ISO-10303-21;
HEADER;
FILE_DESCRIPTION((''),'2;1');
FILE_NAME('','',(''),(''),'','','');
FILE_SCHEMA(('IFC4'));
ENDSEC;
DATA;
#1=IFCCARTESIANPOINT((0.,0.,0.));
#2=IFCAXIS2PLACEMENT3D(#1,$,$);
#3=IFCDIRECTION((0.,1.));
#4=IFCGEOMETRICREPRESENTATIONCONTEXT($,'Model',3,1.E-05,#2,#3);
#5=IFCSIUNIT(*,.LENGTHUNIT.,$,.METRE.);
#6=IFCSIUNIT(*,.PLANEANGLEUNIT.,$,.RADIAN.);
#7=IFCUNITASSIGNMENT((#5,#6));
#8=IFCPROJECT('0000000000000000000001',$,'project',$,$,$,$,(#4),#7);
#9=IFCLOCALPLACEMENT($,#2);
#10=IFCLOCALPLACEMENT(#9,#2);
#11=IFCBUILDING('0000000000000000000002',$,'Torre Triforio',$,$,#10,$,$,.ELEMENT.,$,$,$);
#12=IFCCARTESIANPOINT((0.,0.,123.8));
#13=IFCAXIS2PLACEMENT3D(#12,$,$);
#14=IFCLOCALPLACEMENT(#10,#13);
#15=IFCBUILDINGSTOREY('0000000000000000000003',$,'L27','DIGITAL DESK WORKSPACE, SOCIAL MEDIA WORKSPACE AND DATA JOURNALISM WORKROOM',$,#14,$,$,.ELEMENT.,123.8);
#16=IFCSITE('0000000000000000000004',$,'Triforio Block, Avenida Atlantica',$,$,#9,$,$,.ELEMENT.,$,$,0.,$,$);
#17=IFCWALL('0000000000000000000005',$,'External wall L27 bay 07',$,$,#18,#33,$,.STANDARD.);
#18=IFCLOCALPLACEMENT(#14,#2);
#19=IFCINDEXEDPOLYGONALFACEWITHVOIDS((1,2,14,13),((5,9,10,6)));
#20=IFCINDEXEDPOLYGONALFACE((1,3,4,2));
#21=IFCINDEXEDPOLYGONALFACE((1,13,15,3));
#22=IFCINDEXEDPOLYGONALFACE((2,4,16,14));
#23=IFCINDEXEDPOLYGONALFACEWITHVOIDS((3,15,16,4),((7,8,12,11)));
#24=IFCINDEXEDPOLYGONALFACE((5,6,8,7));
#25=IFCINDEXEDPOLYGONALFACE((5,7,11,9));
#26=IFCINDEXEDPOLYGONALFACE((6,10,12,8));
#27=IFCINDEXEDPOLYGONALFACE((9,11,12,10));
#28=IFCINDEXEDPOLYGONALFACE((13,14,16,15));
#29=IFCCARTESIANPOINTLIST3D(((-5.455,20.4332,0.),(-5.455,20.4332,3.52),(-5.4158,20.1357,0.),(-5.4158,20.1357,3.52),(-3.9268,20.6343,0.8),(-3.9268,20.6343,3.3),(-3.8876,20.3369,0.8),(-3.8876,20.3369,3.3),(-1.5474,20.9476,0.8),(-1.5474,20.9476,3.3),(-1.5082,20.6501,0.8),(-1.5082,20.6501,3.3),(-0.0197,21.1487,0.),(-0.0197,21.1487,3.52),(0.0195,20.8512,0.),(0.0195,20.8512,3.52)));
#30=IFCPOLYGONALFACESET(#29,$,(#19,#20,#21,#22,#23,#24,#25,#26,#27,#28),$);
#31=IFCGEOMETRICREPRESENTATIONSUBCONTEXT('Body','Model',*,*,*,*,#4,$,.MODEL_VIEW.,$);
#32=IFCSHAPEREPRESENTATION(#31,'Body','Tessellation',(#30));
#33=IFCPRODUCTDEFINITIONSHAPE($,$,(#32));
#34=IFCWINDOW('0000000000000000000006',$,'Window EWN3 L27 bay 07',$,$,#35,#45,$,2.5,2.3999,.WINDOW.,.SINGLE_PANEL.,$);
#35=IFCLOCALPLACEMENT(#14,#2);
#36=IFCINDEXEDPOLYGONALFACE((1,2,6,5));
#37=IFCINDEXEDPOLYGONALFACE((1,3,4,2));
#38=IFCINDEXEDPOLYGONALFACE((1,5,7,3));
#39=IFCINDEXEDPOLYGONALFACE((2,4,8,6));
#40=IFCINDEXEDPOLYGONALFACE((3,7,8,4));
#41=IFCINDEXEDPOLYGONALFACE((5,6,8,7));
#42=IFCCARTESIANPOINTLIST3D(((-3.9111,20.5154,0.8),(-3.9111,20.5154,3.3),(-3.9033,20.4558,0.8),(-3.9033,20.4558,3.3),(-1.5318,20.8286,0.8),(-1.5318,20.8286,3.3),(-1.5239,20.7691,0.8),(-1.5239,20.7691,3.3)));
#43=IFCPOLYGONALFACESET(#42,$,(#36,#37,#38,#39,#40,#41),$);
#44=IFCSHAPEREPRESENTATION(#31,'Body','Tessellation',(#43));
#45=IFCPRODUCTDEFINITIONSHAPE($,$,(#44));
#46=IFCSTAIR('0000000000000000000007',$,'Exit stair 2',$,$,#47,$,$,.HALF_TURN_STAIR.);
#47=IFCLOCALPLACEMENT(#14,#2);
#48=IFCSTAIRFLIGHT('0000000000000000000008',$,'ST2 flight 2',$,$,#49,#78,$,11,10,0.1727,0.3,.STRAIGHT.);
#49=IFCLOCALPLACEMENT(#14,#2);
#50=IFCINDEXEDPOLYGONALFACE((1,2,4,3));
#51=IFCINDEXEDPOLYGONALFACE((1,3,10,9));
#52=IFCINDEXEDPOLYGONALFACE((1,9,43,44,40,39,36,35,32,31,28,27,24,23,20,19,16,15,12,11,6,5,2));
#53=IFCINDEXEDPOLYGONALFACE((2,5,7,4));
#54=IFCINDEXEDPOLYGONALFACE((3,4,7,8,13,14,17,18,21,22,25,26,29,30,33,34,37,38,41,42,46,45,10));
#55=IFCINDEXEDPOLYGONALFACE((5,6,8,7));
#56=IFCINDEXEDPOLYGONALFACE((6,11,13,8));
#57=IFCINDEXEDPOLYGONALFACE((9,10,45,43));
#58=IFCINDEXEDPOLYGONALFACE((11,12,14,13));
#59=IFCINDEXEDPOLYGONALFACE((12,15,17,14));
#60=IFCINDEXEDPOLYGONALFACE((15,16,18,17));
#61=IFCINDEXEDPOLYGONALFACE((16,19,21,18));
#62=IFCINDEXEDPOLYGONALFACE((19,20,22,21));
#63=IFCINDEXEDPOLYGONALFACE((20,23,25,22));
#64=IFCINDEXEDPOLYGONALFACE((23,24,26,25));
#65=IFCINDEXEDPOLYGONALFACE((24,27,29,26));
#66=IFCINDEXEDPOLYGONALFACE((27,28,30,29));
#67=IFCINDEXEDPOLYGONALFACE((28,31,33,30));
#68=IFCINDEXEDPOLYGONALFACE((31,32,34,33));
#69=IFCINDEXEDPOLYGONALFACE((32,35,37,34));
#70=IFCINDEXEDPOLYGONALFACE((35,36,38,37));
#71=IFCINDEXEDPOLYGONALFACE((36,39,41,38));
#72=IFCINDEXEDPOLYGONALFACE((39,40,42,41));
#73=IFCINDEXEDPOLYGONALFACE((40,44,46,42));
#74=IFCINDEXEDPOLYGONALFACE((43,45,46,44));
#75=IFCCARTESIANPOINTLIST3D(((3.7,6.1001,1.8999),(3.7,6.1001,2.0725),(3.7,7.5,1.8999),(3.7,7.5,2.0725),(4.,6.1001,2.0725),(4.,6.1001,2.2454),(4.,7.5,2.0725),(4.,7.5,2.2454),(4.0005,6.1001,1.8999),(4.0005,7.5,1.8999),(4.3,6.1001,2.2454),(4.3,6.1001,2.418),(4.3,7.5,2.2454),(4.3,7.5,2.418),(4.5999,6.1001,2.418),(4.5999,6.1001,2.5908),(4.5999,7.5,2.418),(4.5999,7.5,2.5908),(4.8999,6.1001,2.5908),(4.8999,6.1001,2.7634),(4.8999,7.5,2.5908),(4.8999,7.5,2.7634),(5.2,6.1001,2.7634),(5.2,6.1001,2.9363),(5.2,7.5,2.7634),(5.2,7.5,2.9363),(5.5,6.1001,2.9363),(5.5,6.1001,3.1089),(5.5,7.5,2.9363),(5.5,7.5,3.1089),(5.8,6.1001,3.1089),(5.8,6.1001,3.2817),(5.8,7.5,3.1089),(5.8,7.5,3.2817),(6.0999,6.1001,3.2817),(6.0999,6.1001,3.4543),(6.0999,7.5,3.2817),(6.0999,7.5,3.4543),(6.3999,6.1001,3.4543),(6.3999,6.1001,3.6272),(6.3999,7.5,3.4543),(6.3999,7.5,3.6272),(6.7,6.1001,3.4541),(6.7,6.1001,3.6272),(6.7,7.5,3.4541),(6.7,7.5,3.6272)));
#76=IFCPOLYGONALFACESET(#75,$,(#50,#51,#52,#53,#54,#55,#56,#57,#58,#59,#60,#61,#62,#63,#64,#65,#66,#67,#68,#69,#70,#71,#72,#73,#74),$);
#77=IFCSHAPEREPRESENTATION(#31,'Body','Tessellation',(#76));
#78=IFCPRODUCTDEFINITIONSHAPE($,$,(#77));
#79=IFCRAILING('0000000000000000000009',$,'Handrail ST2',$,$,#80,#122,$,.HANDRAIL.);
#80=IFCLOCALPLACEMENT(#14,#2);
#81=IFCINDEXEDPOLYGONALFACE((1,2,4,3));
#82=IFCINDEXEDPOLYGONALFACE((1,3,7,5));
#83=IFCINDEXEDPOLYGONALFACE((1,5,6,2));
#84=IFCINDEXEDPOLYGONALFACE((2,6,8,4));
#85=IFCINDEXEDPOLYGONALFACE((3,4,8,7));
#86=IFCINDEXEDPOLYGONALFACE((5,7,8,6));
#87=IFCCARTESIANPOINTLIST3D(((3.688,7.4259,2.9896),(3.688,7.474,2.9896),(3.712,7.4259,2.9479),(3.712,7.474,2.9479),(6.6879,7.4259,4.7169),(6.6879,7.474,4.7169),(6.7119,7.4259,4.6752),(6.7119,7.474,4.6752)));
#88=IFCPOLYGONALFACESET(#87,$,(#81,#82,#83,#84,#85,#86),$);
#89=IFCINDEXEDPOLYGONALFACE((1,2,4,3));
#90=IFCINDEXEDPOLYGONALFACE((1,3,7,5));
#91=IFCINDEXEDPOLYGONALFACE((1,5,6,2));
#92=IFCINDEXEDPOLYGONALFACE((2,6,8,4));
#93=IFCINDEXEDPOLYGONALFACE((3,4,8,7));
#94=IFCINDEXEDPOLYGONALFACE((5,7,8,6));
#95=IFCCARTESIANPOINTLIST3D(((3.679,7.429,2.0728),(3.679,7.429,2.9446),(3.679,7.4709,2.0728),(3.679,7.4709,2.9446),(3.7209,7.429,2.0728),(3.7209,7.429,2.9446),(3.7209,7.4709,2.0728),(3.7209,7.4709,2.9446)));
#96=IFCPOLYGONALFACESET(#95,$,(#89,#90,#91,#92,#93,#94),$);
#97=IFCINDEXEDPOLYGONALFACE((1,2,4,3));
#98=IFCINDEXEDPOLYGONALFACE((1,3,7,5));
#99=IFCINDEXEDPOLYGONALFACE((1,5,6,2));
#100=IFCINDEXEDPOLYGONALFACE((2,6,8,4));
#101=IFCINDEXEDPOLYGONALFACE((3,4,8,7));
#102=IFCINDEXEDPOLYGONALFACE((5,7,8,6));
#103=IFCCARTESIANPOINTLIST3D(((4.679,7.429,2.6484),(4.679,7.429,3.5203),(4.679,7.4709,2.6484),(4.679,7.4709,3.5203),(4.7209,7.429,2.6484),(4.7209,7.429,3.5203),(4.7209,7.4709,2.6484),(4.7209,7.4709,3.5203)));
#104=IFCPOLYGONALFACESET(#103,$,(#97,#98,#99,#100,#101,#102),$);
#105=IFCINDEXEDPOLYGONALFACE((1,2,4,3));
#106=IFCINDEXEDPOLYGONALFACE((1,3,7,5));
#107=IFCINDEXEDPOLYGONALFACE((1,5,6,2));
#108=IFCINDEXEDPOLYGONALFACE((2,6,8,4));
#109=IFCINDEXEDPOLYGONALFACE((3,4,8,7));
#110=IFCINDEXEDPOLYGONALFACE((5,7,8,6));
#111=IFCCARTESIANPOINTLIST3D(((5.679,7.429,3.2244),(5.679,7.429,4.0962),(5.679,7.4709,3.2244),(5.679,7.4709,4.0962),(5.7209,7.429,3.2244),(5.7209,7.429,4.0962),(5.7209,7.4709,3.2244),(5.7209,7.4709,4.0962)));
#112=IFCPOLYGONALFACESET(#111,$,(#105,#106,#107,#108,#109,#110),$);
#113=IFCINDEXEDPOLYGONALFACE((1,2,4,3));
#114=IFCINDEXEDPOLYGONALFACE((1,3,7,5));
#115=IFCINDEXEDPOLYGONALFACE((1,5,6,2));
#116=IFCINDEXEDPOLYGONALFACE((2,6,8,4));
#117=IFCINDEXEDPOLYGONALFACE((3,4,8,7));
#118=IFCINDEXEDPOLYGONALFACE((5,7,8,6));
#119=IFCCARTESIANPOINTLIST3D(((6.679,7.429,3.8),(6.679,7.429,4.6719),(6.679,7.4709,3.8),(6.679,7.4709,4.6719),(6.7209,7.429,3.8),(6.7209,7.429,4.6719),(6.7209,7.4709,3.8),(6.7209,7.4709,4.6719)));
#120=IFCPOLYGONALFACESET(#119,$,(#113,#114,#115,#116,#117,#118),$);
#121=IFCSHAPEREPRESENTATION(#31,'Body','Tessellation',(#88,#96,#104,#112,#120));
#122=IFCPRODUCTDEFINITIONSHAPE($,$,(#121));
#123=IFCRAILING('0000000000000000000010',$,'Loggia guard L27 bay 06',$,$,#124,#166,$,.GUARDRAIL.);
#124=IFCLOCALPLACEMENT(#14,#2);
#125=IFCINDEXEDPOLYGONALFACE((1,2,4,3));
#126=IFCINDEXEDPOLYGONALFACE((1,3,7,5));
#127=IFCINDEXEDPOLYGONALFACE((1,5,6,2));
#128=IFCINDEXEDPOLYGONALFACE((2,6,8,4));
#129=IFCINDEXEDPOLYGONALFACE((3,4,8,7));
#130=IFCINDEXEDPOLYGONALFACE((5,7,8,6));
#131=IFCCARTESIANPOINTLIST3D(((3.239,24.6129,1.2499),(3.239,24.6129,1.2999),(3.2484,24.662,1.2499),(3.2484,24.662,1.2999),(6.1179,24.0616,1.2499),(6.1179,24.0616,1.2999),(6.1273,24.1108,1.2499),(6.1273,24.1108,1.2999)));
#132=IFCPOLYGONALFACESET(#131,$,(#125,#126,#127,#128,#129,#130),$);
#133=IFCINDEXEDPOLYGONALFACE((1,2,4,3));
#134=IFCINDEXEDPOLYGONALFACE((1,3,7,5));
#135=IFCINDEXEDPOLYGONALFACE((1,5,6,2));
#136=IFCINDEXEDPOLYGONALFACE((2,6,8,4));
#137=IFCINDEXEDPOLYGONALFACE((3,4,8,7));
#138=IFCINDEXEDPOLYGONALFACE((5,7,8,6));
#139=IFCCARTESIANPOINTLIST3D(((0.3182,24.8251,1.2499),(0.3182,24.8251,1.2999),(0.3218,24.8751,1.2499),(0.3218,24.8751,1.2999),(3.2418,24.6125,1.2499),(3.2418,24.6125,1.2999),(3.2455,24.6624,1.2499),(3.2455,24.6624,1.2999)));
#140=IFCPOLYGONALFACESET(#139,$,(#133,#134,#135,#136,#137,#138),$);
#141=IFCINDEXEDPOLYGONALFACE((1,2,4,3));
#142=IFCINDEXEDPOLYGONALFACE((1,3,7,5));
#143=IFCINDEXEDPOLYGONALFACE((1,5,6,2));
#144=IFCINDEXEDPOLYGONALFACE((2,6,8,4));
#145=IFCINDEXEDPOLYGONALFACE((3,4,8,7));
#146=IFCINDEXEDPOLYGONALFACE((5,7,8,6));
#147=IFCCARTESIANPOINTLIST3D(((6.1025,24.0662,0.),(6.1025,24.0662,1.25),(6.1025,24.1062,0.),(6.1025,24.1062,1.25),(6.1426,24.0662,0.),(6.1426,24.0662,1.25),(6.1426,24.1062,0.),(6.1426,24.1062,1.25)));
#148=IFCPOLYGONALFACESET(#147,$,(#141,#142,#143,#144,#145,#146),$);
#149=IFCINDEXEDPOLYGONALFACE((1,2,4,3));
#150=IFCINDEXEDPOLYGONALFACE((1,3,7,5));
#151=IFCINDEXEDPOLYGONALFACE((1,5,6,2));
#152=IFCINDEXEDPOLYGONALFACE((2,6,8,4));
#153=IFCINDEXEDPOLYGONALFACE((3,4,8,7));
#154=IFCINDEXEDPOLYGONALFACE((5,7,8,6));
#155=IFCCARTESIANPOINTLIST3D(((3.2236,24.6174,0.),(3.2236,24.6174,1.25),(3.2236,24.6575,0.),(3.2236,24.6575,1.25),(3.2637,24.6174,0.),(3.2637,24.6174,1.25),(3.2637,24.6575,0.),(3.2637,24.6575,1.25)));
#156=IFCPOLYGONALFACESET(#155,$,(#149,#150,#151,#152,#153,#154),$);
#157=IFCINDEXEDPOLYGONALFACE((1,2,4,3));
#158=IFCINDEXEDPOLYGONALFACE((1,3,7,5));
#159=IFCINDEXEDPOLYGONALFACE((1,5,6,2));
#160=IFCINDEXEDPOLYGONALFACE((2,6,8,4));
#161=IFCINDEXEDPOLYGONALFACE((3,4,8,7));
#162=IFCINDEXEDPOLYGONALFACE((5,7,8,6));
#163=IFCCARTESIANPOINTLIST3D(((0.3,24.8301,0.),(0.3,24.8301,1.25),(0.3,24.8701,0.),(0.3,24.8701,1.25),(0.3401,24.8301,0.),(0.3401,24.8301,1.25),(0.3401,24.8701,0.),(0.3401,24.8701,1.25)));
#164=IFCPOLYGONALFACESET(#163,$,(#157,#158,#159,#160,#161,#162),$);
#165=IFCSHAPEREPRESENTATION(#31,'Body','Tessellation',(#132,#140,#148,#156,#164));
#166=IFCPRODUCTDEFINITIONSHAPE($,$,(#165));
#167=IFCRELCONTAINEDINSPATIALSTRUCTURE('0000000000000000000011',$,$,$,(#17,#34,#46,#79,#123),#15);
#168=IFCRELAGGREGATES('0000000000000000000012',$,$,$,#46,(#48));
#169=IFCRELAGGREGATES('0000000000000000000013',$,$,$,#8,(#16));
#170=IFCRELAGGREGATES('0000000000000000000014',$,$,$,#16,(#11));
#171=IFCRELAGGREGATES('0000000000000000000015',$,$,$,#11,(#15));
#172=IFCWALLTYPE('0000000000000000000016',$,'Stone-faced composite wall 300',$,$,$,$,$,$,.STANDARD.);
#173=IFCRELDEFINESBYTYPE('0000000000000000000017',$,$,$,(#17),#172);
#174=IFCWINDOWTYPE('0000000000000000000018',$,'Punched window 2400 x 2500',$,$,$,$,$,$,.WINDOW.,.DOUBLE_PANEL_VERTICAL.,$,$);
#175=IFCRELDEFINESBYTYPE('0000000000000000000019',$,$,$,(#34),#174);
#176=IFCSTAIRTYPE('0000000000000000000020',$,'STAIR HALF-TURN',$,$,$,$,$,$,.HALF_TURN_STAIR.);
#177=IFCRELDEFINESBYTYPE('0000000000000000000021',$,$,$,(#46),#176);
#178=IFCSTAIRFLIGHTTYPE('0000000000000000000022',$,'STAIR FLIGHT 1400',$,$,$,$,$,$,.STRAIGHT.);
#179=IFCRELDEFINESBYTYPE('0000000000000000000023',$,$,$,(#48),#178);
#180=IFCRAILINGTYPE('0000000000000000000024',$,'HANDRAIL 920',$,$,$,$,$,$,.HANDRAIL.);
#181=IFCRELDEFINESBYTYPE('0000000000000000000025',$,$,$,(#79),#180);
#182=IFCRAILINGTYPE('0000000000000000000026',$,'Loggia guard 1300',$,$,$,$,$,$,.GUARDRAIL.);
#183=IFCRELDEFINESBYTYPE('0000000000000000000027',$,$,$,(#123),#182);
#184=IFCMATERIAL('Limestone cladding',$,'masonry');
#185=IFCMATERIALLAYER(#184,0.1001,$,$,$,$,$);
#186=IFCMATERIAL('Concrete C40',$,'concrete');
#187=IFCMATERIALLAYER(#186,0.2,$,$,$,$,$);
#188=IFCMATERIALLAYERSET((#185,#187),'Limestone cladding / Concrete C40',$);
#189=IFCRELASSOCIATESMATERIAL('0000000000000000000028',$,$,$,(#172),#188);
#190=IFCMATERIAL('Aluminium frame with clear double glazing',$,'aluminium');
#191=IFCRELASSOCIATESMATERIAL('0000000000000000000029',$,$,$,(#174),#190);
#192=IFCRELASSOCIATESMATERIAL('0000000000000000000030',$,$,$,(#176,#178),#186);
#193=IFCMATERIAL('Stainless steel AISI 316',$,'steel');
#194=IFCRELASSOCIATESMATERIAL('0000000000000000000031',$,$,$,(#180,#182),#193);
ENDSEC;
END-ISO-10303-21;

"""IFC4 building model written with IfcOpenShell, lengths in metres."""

from ifc_helpers import new_model, si_unit, direction, frame, frame_2d, origin, origin_2d, place, context, subcontext, project, spatial, polyline, rectangle, outline, extrude, material, layer, layer_set, type_object, element, fill, aggregate, save


model = new_model("IFC4")

# Units and contexts
model_context = context("Model", 3, precision=1e-05, world=origin(), true_north=direction((0.0, 1.0)))
body_context = subcontext(model_context, "Body", "Model", "MODEL_VIEW")
ifc_project = project(units=[si_unit("LENGTHUNIT", "METRE"), si_unit("PLANEANGLEUNIT", "RADIAN")], contexts=[model_context])

# Site, building, storey
site_placement = place(None, origin())
site = spatial("IfcSite", under=ifc_project, at=site_placement, Name="Triforio Block, Avenida Atlantica", CompositionType="ELEMENT", RefElevation=0.0)
building_placement = place(site_placement, origin())
building = spatial("IfcBuilding", under=site, at=building_placement, Name="Torre Triforio", CompositionType="ELEMENT")
storey_placement = place(building_placement, frame((0.0, 0.0, 123.8)))
storey = spatial("IfcBuildingStorey", under=building, at=storey_placement, Name="L27", Description="DIGITAL DESK WORKSPACE, SOCIAL MEDIA WORKSPACE AND DATA JOURNALISM WORKROOM", CompositionType="ELEMENT", Elevation=123.8)

# Shared definitions
ifc_material_1 = material(Name="Limestone cladding", Category="masonry")
ifc_layer_1 = layer(ifc_material_1, 0.1001)
ifc_material_2 = material(Name="Concrete C40", Category="concrete")
ifc_layer_2 = layer(ifc_material_2, 0.2)
ifc_layer_set_1 = layer_set([ifc_layer_1, ifc_layer_2], Name="Limestone cladding / Concrete C40")
wall_type_1 = type_object("IfcWallType", Name="Stone-faced composite wall 300", PredefinedType="STANDARD", material=ifc_layer_set_1)
ifc_material_3 = material(Name="Aluminium frame with clear double glazing", Category="aluminium")

# Wall, opening, window
wall_1_placement = place(storey_placement, frame((0.0, 21.0, 0.0), z_axis=(0.0, 0.0, 1.0), x_axis=(-0.991445, -0.130527, 0.0)))
wall_1 = element("IfcWall", 1, at=wall_1_placement, inside=storey, type_object=wall_type_1, Name="External wall L27 bay 07", PredefinedType="STANDARD", context=body_context, shape_type="SweptSolid", body=[
    extrude(rectangle(XDim=5.4822, YDim=0.3, at=frame_2d((2.7412, 0.0))), origin(), (0.0, 0.0, 1.0), 3.52),
])
opening_1_placement = place(wall_1_placement, frame((1.541, 0.0, 0.8)))
opening_1 = element("IfcOpeningElement", 2, at=opening_1_placement, cuts=wall_1, PredefinedType="OPENING", context=body_context, shape_type="SweptSolid", body=[
    extrude(rectangle(XDim=2.3999, YDim=2.5, at=frame_2d((1.2, 1.25))), frame((0.0, 0.1599, 0.0), z_axis=(0.0, -1.0, 0.0), x_axis=(1.0, 0.0, 0.0)), (0.0, 0.0, 1.0), 0.3201),
])
window_type_1 = type_object("IfcWindowType", Name="Punched window 2400 x 2500", PartitioningType="DOUBLE_PANEL_VERTICAL", PredefinedType="WINDOW", material=ifc_material_3)
window_1_placement = place(opening_1_placement, origin())
window_1 = element("IfcWindow", 3, at=window_1_placement, inside=storey, type_object=window_type_1, Name="Window EWN3 L27 bay 07", OverallHeight=2.5, OverallWidth=2.3999, PartitioningType="SINGLE_PANEL", PredefinedType="WINDOW", context=body_context, shape_type="SweptSolid", body=[
    extrude(rectangle(XDim=2.3999, YDim=2.5, at=frame_2d((1.2, 1.25))), frame((0.0, 0.03, 0.0), z_axis=(0.0, -1.0, 0.0), x_axis=(1.0, 0.0, 0.0)), (0.0, 0.0, 1.0), 0.0601),
])
fill(opening_1, window_1)

# Stair, stair flight
stair_type = type_object("IfcStairType", Name="STAIR HALF-TURN", PredefinedType="HALF_TURN_STAIR", material=ifc_material_2)
stair_placement = place(storey_placement, origin())
stair = element("IfcStair", 4, at=stair_placement, inside=storey, type_object=stair_type, Name="Exit stair 2", PredefinedType="HALF_TURN_STAIR")
stair_flight_type = type_object("IfcStairFlightType", Name="STAIR FLIGHT 1400", PredefinedType="STRAIGHT", material=ifc_material_2)
stair_flight_placement = place(storey_placement, frame((3.7, 6.8, 1.8999), z_axis=(0.0, 0.0, 1.0), x_axis=(1.0, 0.0, 0.0)))
stair_flight = element("IfcStairFlight", 5, at=stair_flight_placement, type_object=stair_flight_type, Name="ST2 flight 2", NumberOfRisers=11, NumberOfTreads=10, PredefinedType="STRAIGHT", RiserHeight=0.1727, TreadLength=0.3, context=body_context, shape_type="SweptSolid", body=[
    extrude(outline(polyline([(0.0, 0.0), (0.0, 0.1726), (0.3, 0.1726), (0.3, 0.3455), (0.6001, 0.3455), (0.6001, 0.5181), (0.8999, 0.5181), (0.8999, 0.6909), (1.2, 0.6909), (1.2, 0.8635), (1.5, 0.8635), (1.5, 1.0364), (1.8, 1.0364), (1.8, 1.209), (2.1001, 1.209), (2.1001, 1.3818), (2.3999, 1.3818), (2.3999, 1.5544), (2.7, 1.5544), (2.7, 1.7273), (3.0, 1.7273), (3.0, 1.8999), (3.0, 1.5542), (0.3005, 0.0), (0.0, 0.0)])), frame((0.0, 0.7, 0.0), z_axis=(0.0, -1.0, 0.0), x_axis=(1.0, 0.0, 0.0)), (0.0, 0.0, 1.0), 1.3999),
])
aggregate(stair, [stair_flight])

# Railings
ifc_material_4 = material(Name="Stainless steel AISI 316", Category="steel")
railing_type_1 = type_object("IfcRailingType", Name="HANDRAIL 920", PredefinedType="HANDRAIL", material=ifc_material_4)
railing_1_placement = place(storey_placement, frame((3.7, 7.45, 2.0728)))
element("IfcRailing", 6, at=railing_1_placement, inside=storey, type_object=railing_type_1, Name="Handrail ST2", PredefinedType="HANDRAIL", context=body_context, shape_type="SweptSolid", body=[
    extrude(rectangle(XDim=0.0481, YDim=0.0481, at=origin_2d()), frame((0.0, 0.0, 0.896), z_axis=(0.86662, 0.0, 0.498969), x_axis=(0.0, 1.0, 0.0)), (0.0, 0.0, 1.0), 3.4617),
    extrude(rectangle(XDim=0.042, YDim=0.042, at=origin_2d()), origin(), (0.0, 0.0, 1.0), 0.8718),
    extrude(rectangle(XDim=0.042, YDim=0.042, at=origin_2d()), frame((1.0, 0.0, 0.5757)), (0.0, 0.0, 1.0), 0.8718),
    extrude(rectangle(XDim=0.042, YDim=0.042, at=origin_2d()), frame((2.0, 0.0, 1.1516)), (0.0, 0.0, 1.0), 0.8718),
    extrude(rectangle(XDim=0.042, YDim=0.042, at=origin_2d()), frame((3.0, 0.0, 1.7273)), (0.0, 0.0, 1.0), 0.8718),
])
railing_type_2 = type_object("IfcRailingType", Name="Loggia guard 1300", PredefinedType="GUARDRAIL", material=ifc_material_4)
railing_2_placement = place(storey_placement, frame((6.1226, 24.0862, 0.0)))
element("IfcRailing", 7, at=railing_2_placement, inside=storey, type_object=railing_type_2, Name="Loggia guard L27 bay 06", PredefinedType="GUARDRAIL", context=body_context, shape_type="SweptSolid", body=[
    extrude(rectangle(XDim=0.05, YDim=0.05, at=origin_2d()), frame((0.0, 0.0, 1.2749), z_axis=(-0.982156, 0.188069, 0.0), x_axis=(-0.188069, -0.982156, 0.0)), (0.0, 0.0, 1.0), 2.9312),
    extrude(rectangle(XDim=0.05, YDim=0.05, at=origin_2d()), frame((-2.8789, 0.5513, 1.2749), z_axis=(-0.997365, 0.072543, 0.0), x_axis=(-0.072543, -0.997365, 0.0)), (0.0, 0.0, 1.0), 2.9314),
    extrude(rectangle(XDim=0.04, YDim=0.04, at=origin_2d()), origin(), (0.0, 0.0, 1.0), 1.25),
    extrude(rectangle(XDim=0.04, YDim=0.04, at=origin_2d()), frame((-2.8789, 0.5513, 0.0)), (0.0, 0.0, 1.0), 1.25),
    extrude(rectangle(XDim=0.04, YDim=0.04, at=origin_2d()), frame((-5.8025, 0.7639, 0.0)), (0.0, 0.0, 1.0), 1.25),
])

save(model, "model.ifc")
